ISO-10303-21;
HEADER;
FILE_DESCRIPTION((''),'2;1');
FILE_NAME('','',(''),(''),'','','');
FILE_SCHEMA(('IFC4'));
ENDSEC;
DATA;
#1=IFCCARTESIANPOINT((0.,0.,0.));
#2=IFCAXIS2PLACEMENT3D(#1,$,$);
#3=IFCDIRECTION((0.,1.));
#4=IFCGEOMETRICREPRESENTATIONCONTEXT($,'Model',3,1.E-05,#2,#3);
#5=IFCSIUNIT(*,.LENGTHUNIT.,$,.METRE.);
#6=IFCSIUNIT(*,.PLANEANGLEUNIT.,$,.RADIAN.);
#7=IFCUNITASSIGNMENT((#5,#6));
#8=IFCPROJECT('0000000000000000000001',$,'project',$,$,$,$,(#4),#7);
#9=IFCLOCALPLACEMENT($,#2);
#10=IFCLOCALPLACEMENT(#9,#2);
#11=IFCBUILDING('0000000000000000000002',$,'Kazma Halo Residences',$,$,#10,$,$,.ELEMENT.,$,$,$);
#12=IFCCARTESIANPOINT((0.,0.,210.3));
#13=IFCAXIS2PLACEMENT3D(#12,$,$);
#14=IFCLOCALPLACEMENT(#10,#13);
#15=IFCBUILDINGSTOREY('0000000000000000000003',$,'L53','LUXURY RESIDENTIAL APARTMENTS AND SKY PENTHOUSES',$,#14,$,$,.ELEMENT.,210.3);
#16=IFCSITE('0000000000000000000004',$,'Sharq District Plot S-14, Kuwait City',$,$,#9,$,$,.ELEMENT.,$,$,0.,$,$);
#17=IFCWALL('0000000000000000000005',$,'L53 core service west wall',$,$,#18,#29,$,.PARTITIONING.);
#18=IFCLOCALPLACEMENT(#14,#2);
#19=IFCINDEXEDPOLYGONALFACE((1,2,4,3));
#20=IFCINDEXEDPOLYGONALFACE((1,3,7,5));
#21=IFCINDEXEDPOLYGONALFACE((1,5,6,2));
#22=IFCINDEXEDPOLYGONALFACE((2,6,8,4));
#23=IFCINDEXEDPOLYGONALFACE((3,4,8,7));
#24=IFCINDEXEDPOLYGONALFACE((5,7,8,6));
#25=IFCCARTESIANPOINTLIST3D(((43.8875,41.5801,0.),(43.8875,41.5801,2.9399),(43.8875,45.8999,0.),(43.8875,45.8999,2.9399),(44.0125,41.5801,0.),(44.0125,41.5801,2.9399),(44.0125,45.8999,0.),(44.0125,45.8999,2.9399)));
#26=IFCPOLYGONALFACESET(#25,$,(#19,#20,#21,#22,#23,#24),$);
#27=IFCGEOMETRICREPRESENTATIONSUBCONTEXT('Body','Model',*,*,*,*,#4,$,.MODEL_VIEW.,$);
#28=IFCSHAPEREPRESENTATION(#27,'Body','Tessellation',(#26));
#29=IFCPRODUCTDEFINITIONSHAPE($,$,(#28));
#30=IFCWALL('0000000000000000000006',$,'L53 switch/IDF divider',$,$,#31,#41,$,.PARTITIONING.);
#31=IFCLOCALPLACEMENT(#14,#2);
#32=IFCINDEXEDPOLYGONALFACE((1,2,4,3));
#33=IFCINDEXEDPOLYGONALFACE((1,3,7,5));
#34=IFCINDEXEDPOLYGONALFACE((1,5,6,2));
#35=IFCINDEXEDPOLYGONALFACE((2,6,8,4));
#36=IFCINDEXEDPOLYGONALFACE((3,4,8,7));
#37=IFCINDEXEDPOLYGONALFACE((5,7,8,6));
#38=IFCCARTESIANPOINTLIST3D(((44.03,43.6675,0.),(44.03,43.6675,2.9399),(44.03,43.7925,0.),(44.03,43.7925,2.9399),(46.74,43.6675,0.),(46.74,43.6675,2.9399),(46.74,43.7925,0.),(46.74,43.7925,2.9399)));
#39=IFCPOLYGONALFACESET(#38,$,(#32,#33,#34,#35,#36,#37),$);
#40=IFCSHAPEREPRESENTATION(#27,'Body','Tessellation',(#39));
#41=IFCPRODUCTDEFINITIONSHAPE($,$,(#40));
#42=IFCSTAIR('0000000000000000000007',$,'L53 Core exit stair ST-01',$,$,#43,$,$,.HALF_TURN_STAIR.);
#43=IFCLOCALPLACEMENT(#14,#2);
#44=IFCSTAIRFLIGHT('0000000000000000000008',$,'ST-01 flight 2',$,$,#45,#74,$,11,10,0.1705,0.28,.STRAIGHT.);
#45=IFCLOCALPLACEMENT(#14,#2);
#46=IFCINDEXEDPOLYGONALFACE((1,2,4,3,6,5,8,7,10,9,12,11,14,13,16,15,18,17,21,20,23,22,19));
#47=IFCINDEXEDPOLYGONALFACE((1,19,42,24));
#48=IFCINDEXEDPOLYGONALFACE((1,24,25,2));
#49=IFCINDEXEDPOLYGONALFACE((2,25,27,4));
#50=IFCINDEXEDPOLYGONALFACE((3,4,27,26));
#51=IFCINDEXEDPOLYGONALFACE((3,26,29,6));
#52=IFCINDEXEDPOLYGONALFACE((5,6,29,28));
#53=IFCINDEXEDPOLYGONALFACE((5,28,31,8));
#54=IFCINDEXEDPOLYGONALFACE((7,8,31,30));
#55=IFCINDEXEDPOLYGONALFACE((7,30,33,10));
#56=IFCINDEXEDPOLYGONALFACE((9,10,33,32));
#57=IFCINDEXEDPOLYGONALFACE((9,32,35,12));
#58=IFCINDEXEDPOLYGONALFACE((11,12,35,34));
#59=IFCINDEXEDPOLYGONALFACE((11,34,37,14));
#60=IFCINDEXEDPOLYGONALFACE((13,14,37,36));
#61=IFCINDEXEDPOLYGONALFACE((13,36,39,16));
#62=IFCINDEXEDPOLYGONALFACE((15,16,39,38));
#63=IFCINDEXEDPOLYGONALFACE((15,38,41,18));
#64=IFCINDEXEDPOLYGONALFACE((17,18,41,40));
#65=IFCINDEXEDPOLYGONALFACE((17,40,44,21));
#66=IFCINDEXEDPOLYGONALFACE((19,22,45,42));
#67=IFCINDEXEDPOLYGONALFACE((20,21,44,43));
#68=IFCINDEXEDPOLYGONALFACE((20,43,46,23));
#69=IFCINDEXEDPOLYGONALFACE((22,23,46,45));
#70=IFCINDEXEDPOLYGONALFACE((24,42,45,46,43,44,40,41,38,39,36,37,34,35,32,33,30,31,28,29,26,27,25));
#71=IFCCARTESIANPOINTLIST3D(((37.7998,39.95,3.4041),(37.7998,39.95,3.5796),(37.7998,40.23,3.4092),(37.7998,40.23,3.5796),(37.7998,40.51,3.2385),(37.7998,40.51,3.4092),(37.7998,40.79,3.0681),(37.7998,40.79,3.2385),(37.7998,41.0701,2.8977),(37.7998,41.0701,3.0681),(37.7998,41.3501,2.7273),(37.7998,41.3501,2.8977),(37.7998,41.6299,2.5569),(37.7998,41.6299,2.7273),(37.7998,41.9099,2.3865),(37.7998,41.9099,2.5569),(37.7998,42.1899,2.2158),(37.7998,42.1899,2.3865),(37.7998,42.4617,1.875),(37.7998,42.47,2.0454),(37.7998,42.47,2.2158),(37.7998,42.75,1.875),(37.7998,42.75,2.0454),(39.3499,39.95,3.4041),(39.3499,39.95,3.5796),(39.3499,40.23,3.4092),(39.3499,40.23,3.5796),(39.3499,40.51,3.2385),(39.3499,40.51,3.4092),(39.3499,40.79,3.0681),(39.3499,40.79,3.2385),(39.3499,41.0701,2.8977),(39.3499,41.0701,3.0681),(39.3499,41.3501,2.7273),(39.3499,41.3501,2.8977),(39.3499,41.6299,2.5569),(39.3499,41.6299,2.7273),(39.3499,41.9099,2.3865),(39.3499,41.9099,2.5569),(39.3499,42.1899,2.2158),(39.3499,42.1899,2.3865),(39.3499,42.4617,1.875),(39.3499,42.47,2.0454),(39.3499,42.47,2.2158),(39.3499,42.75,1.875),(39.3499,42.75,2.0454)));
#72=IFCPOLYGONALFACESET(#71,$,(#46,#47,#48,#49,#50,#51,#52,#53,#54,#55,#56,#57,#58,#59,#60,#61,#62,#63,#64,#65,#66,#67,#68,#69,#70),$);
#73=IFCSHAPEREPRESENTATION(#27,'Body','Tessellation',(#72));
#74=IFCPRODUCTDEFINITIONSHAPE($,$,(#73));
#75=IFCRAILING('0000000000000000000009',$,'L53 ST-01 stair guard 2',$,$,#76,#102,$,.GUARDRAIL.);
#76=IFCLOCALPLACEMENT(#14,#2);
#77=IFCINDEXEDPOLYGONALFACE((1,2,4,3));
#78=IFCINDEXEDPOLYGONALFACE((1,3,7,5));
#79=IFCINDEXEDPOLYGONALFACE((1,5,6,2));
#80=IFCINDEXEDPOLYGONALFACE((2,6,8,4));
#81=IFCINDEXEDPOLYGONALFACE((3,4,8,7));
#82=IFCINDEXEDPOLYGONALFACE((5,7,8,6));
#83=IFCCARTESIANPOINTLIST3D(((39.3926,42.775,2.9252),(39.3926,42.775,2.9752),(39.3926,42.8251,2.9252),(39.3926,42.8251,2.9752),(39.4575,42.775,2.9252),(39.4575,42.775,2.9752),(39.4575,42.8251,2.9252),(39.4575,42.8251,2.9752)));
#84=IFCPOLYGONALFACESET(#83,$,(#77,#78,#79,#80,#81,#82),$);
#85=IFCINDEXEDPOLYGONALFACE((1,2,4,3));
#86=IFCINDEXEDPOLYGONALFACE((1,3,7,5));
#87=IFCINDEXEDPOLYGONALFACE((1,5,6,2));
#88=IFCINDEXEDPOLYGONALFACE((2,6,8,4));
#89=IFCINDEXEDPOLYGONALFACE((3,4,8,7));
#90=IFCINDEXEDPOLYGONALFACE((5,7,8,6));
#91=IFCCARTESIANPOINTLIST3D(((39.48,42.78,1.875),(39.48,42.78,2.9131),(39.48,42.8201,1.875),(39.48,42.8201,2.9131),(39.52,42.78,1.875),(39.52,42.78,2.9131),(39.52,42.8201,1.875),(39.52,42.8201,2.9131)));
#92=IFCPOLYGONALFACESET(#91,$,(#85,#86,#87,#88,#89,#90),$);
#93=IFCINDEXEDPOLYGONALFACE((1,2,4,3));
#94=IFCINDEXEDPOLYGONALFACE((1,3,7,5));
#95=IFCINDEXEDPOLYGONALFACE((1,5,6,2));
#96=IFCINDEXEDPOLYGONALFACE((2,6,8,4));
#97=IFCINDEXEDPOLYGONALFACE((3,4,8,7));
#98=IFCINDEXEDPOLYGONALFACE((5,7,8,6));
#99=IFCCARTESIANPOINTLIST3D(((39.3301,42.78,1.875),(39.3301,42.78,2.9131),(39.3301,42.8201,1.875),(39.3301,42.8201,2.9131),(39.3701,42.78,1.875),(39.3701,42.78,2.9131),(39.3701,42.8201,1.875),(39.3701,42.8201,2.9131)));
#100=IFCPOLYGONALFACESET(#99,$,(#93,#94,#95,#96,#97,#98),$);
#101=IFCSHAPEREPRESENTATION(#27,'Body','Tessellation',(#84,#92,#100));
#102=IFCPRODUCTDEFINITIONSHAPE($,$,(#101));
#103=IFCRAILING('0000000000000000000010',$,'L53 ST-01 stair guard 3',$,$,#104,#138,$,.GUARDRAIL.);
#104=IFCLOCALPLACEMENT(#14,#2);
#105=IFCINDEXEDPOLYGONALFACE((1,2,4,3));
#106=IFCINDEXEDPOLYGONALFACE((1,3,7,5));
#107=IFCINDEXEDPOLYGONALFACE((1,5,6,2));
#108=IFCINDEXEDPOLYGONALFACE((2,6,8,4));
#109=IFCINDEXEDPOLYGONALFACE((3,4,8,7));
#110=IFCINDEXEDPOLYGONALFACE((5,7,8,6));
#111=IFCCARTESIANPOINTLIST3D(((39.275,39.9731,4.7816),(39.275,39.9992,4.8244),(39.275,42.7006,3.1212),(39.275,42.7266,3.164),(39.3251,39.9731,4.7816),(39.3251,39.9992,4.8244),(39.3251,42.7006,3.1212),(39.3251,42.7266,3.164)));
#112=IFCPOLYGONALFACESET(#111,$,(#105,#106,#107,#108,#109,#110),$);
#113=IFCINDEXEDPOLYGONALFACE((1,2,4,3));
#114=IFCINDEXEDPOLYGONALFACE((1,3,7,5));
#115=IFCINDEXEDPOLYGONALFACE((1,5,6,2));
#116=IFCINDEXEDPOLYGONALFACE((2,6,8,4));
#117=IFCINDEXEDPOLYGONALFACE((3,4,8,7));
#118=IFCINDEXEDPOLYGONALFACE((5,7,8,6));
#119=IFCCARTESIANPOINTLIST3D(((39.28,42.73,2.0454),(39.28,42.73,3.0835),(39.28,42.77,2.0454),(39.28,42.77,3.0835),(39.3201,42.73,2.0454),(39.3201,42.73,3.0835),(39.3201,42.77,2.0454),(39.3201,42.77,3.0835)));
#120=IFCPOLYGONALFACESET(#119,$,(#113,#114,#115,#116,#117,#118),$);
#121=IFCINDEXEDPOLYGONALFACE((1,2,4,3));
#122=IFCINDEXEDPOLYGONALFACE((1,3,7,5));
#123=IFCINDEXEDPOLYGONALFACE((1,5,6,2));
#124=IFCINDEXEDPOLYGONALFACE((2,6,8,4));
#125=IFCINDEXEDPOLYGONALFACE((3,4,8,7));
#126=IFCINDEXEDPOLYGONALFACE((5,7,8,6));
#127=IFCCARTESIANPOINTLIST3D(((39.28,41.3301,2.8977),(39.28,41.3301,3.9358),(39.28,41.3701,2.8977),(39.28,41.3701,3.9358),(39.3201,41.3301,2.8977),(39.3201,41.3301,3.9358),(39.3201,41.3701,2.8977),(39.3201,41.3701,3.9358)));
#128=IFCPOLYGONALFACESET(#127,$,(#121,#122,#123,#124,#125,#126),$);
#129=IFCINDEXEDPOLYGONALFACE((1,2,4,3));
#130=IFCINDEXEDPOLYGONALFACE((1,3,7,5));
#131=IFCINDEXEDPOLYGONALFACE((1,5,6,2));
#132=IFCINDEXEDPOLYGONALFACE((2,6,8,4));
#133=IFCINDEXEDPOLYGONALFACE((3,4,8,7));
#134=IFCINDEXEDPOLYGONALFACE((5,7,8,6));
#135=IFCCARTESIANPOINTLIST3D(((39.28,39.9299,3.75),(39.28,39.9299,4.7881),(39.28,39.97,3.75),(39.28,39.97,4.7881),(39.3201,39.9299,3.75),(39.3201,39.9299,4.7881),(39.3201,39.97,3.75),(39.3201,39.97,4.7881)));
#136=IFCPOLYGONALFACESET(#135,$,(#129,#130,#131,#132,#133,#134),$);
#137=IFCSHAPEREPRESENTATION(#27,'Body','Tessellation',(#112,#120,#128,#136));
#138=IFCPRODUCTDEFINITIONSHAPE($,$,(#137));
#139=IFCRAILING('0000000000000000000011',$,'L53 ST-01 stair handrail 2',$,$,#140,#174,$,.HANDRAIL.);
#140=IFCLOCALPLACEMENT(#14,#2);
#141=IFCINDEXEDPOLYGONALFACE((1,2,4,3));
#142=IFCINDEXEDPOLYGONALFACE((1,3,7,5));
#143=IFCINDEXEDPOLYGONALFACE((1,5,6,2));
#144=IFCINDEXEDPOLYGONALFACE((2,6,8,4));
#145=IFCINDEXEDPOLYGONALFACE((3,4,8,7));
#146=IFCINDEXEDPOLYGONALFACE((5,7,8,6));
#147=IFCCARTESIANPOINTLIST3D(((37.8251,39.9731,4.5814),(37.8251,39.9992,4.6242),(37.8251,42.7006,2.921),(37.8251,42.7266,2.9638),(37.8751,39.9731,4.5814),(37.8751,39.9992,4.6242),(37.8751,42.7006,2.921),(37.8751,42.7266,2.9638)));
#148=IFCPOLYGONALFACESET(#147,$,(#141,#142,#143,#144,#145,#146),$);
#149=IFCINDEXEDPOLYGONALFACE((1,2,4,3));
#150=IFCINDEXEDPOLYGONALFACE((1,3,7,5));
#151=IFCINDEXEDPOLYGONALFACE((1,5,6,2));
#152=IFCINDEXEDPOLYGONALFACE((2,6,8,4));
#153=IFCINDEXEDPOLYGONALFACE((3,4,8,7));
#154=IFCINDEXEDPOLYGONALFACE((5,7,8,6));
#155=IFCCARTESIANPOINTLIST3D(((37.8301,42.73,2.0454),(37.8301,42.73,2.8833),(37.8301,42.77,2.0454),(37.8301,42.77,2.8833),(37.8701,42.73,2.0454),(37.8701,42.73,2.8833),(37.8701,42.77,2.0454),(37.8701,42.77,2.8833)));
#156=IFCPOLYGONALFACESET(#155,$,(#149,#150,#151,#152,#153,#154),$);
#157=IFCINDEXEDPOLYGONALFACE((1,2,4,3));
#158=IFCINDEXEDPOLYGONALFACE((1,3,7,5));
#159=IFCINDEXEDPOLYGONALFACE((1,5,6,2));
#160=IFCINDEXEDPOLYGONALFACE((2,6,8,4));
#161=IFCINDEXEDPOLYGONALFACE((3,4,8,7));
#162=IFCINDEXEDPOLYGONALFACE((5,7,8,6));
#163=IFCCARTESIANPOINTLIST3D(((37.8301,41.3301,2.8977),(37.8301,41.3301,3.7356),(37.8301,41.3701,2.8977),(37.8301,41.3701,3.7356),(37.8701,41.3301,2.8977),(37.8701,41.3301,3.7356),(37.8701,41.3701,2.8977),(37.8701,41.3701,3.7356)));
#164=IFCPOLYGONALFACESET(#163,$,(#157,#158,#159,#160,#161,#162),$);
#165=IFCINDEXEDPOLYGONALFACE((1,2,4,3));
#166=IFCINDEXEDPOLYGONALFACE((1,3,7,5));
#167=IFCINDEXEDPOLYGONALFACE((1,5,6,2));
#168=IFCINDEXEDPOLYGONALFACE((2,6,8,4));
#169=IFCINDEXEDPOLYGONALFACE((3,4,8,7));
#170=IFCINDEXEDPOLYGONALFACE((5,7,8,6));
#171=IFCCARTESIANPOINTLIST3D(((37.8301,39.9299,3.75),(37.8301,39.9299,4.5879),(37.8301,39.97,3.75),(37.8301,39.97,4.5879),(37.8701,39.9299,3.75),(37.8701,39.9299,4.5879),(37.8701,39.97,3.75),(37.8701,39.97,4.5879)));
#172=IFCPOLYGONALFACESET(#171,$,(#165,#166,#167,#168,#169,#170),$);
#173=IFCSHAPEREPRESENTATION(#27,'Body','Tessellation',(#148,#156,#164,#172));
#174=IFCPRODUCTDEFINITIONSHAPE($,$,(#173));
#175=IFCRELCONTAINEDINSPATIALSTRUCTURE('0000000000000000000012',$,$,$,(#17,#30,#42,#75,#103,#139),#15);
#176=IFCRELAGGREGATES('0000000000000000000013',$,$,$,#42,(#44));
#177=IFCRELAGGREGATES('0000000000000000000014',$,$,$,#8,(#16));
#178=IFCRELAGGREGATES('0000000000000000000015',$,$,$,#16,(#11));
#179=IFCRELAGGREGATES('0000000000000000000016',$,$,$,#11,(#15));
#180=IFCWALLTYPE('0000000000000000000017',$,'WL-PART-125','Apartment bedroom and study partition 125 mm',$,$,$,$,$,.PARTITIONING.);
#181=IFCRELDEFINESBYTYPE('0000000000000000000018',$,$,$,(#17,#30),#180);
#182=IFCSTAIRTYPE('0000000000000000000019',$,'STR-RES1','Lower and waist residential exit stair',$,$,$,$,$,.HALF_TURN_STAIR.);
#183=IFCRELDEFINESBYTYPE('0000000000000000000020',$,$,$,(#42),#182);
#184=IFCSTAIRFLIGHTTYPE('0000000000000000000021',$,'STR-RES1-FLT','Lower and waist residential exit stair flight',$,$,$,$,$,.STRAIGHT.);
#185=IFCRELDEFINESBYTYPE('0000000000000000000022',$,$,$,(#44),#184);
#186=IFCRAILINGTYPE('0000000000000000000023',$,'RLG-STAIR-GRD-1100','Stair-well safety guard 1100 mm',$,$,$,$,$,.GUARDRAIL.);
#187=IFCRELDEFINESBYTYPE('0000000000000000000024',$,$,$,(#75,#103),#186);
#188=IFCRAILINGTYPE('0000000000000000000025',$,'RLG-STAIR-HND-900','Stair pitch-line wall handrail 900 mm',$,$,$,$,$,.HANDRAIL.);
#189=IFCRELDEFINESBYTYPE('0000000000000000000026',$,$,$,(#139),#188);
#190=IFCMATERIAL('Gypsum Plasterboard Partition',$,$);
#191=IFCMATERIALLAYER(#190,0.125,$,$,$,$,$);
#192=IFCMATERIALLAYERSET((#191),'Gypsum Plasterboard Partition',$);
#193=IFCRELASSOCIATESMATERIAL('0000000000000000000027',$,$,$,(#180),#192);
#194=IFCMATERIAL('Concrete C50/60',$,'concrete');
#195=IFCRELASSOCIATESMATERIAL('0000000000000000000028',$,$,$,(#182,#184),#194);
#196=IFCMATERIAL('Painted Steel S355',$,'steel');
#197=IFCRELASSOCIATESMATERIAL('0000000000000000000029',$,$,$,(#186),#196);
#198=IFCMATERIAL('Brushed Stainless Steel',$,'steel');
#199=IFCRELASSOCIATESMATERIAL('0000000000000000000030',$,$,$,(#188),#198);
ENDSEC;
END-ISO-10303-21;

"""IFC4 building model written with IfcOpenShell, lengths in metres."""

from ifc_helpers import new_model, si_unit, direction, frame, frame_2d, origin, origin_2d, place, context, subcontext, project, spatial, polyline, rectangle, outline, extrude, material, layer, layer_set, type_object, element, aggregate, save


model = new_model("IFC4")

# Units and contexts
model_context = context("Model", 3, precision=1e-05, world=origin(), true_north=direction((0.0, 1.0)))
body_context = subcontext(model_context, "Body", "Model", "MODEL_VIEW")
ifc_project = project(units=[si_unit("LENGTHUNIT", "METRE"), si_unit("PLANEANGLEUNIT", "RADIAN")], contexts=[model_context])

# Site, building, storey
site_placement = place(None, origin())
site = spatial("IfcSite", under=ifc_project, at=site_placement, Name="Sharq District Plot S-14, Kuwait City", CompositionType="ELEMENT", RefElevation=0.0)
building_placement = place(site_placement, origin())
building = spatial("IfcBuilding", under=site, at=building_placement, Name="Kazma Halo Residences", CompositionType="ELEMENT")
storey_placement = place(building_placement, frame((0.0, 0.0, 210.3)))
storey = spatial("IfcBuildingStorey", under=building, at=storey_placement, Name="L53", Description="LUXURY RESIDENTIAL APARTMENTS AND SKY PENTHOUSES", CompositionType="ELEMENT", Elevation=210.3)

# Walls
ifc_material_1 = material(Name="Gypsum Plasterboard Partition")
ifc_layer_1 = layer(ifc_material_1, 0.125)
ifc_layer_set_1 = layer_set([ifc_layer_1], Name="Gypsum Plasterboard Partition")
wall_type_1 = type_object("IfcWallType", Name="WL-PART-125", Description="Apartment bedroom and study partition 125 mm", PredefinedType="PARTITIONING", material=ifc_layer_set_1)
wall_1_placement = place(storey_placement, frame((43.95, 41.5801, 0.0), z_axis=(0.0, 0.0, 1.0), x_axis=(0.0, 1.0, 0.0)))
element("IfcWall", 1, at=wall_1_placement, inside=storey, type_object=wall_type_1, Name="L53 core service west wall", PredefinedType="PARTITIONING", context=body_context, shape_type="SweptSolid", body=[
    extrude(rectangle(XDim=4.3198, YDim=0.125, at=frame_2d((2.1599, 0.0))), origin(), (0.0, 0.0, 1.0), 2.9399),
])
wall_2_placement = place(storey_placement, frame((44.03, 43.73, 0.0), z_axis=(0.0, 0.0, 1.0), x_axis=(1.0, 0.0, 0.0)))
element("IfcWall", 2, at=wall_2_placement, inside=storey, type_object=wall_type_1, Name="L53 switch/IDF divider", PredefinedType="PARTITIONING", context=body_context, shape_type="SweptSolid", body=[
    extrude(rectangle(XDim=2.71, YDim=0.125, at=frame_2d((1.355, 0.0))), origin(), (0.0, 0.0, 1.0), 2.9399),
])

# Stair, stair flight
ifc_material_2 = material(Name="Concrete C50/60", Category="concrete")
stair_type = type_object("IfcStairType", Name="STR-RES1", Description="Lower and waist residential exit stair", PredefinedType="HALF_TURN_STAIR", material=ifc_material_2)
stair_placement = place(storey_placement, origin())
stair = element("IfcStair", 3, at=stair_placement, inside=storey, type_object=stair_type, Name="L53 Core exit stair ST-01", PredefinedType="HALF_TURN_STAIR")
stair_flight_type = type_object("IfcStairFlightType", Name="STR-RES1-FLT", Description="Lower and waist residential exit stair flight", PredefinedType="STRAIGHT", material=ifc_material_2)
stair_flight_placement = place(storey_placement, frame((38.575, 42.75, 1.875), z_axis=(0.0, 0.0, 1.0), x_axis=(0.0, -1.0, 0.0)))
stair_flight = element("IfcStairFlight", 4, at=stair_flight_placement, type_object=stair_flight_type, Name="ST-01 flight 2", NumberOfRisers=11, NumberOfTreads=10, PredefinedType="STRAIGHT", RiserHeight=0.1705, TreadLength=0.28, context=body_context, shape_type="SweptSolid", body=[
    extrude(outline(polyline([(0.0, 0.0), (0.0, 0.1704), (0.28, 0.1704), (0.28, 0.3408), (0.5601, 0.3408), (0.5601, 0.5115), (0.8401, 0.5115), (0.8401, 0.6819), (1.1201, 0.6819), (1.1201, 0.8523), (1.3999, 0.8523), (1.3999, 1.0227), (1.6799, 1.0227), (1.6799, 1.1931), (1.96, 1.1931), (1.96, 1.3635), (2.24, 1.3635), (2.24, 1.5342), (2.52, 1.5342), (2.52, 1.7046), (2.8, 1.7046), (2.8, 1.875), (2.8, 1.5291), (0.2883, 0.0), (0.0, 0.0)])), frame((0.0, 0.7749, 0.0), z_axis=(0.0, -1.0, 0.0), x_axis=(1.0, 0.0, 0.0)), (0.0, 0.0, 1.0), 1.55),
])
aggregate(stair, [stair_flight])

# Railings
ifc_material_3 = material(Name="Painted Steel S355", Category="steel")
railing_type_1 = type_object("IfcRailingType", Name="RLG-STAIR-GRD-1100", Description="Stair-well safety guard 1100 mm", PredefinedType="GUARDRAIL", material=ifc_material_3)
railing_1_placement = place(storey_placement, frame((39.5, 42.8, 1.875)))
element("IfcRailing", 5, at=railing_1_placement, inside=storey, type_object=railing_type_1, Name="L53 ST-01 stair guard 2", PredefinedType="GUARDRAIL", context=body_context, shape_type="SweptSolid", body=[
    extrude(rectangle(XDim=0.05, YDim=0.05, at=origin_2d()), frame((-0.0425, 0.0, 1.0752), z_axis=(-1.0, 0.0, 0.0), x_axis=(0.0, -1.0, 0.0)), (0.0, 0.0, 1.0), 0.0649),
    extrude(rectangle(XDim=0.04, YDim=0.04, at=origin_2d()), origin(), (0.0, 0.0, 1.0), 1.0381),
    extrude(rectangle(XDim=0.04, YDim=0.04, at=origin_2d()), frame((-0.1499, 0.0, 0.0)), (0.0, 0.0, 1.0), 1.0381),
])
railing_2_placement = place(storey_placement, frame((39.3, 42.75, 2.0454)))
element("IfcRailing", 6, at=railing_2_placement, inside=storey, type_object=railing_type_1, Name="L53 ST-01 stair guard 3", PredefinedType="GUARDRAIL", context=body_context, shape_type="SweptSolid", body=[
    extrude(rectangle(XDim=0.05, YDim=0.05, at=origin_2d()), frame((0.0, -0.0364, 1.0972), z_axis=(0.0, -0.85417, 0.519994), x_axis=(1.0, 0.0, 0.0)), (0.0, 0.0, 1.0), 3.1931),
    extrude(rectangle(XDim=0.04, YDim=0.04, at=origin_2d()), origin(), (0.0, 0.0, 1.0), 1.0381),
    extrude(rectangle(XDim=0.04, YDim=0.04, at=origin_2d()), frame((0.0, -1.3999, 0.8523)), (0.0, 0.0, 1.0), 1.0381),
    extrude(rectangle(XDim=0.04, YDim=0.04, at=origin_2d()), frame((0.0, -2.8, 1.7046)), (0.0, 0.0, 1.0), 1.0381),
])
ifc_material_4 = material(Name="Brushed Stainless Steel", Category="steel")
railing_type_2 = type_object("IfcRailingType", Name="RLG-STAIR-HND-900", Description="Stair pitch-line wall handrail 900 mm", PredefinedType="HANDRAIL", material=ifc_material_4)
railing_3_placement = place(storey_placement, frame((37.8501, 42.75, 2.0454)))
element("IfcRailing", 7, at=railing_3_placement, inside=storey, type_object=railing_type_2, Name="L53 ST-01 stair handrail 2", PredefinedType="HANDRAIL", context=body_context, shape_type="SweptSolid", body=[
    extrude(rectangle(XDim=0.05, YDim=0.05, at=origin_2d()), frame((0.0, -0.0364, 0.897), z_axis=(0.0, -0.85417, 0.519994), x_axis=(1.0, 0.0, 0.0)), (0.0, 0.0, 1.0), 3.1931),
    extrude(rectangle(XDim=0.04, YDim=0.04, at=origin_2d()), origin(), (0.0, 0.0, 1.0), 0.8379),
    extrude(rectangle(XDim=0.04, YDim=0.04, at=origin_2d()), frame((0.0, -1.3999, 0.8523)), (0.0, 0.0, 1.0), 0.8379),
    extrude(rectangle(XDim=0.04, YDim=0.04, at=origin_2d()), frame((0.0, -2.8, 1.7046)), (0.0, 0.0, 1.0), 0.8379),
])

save(model, "model.ifc")
